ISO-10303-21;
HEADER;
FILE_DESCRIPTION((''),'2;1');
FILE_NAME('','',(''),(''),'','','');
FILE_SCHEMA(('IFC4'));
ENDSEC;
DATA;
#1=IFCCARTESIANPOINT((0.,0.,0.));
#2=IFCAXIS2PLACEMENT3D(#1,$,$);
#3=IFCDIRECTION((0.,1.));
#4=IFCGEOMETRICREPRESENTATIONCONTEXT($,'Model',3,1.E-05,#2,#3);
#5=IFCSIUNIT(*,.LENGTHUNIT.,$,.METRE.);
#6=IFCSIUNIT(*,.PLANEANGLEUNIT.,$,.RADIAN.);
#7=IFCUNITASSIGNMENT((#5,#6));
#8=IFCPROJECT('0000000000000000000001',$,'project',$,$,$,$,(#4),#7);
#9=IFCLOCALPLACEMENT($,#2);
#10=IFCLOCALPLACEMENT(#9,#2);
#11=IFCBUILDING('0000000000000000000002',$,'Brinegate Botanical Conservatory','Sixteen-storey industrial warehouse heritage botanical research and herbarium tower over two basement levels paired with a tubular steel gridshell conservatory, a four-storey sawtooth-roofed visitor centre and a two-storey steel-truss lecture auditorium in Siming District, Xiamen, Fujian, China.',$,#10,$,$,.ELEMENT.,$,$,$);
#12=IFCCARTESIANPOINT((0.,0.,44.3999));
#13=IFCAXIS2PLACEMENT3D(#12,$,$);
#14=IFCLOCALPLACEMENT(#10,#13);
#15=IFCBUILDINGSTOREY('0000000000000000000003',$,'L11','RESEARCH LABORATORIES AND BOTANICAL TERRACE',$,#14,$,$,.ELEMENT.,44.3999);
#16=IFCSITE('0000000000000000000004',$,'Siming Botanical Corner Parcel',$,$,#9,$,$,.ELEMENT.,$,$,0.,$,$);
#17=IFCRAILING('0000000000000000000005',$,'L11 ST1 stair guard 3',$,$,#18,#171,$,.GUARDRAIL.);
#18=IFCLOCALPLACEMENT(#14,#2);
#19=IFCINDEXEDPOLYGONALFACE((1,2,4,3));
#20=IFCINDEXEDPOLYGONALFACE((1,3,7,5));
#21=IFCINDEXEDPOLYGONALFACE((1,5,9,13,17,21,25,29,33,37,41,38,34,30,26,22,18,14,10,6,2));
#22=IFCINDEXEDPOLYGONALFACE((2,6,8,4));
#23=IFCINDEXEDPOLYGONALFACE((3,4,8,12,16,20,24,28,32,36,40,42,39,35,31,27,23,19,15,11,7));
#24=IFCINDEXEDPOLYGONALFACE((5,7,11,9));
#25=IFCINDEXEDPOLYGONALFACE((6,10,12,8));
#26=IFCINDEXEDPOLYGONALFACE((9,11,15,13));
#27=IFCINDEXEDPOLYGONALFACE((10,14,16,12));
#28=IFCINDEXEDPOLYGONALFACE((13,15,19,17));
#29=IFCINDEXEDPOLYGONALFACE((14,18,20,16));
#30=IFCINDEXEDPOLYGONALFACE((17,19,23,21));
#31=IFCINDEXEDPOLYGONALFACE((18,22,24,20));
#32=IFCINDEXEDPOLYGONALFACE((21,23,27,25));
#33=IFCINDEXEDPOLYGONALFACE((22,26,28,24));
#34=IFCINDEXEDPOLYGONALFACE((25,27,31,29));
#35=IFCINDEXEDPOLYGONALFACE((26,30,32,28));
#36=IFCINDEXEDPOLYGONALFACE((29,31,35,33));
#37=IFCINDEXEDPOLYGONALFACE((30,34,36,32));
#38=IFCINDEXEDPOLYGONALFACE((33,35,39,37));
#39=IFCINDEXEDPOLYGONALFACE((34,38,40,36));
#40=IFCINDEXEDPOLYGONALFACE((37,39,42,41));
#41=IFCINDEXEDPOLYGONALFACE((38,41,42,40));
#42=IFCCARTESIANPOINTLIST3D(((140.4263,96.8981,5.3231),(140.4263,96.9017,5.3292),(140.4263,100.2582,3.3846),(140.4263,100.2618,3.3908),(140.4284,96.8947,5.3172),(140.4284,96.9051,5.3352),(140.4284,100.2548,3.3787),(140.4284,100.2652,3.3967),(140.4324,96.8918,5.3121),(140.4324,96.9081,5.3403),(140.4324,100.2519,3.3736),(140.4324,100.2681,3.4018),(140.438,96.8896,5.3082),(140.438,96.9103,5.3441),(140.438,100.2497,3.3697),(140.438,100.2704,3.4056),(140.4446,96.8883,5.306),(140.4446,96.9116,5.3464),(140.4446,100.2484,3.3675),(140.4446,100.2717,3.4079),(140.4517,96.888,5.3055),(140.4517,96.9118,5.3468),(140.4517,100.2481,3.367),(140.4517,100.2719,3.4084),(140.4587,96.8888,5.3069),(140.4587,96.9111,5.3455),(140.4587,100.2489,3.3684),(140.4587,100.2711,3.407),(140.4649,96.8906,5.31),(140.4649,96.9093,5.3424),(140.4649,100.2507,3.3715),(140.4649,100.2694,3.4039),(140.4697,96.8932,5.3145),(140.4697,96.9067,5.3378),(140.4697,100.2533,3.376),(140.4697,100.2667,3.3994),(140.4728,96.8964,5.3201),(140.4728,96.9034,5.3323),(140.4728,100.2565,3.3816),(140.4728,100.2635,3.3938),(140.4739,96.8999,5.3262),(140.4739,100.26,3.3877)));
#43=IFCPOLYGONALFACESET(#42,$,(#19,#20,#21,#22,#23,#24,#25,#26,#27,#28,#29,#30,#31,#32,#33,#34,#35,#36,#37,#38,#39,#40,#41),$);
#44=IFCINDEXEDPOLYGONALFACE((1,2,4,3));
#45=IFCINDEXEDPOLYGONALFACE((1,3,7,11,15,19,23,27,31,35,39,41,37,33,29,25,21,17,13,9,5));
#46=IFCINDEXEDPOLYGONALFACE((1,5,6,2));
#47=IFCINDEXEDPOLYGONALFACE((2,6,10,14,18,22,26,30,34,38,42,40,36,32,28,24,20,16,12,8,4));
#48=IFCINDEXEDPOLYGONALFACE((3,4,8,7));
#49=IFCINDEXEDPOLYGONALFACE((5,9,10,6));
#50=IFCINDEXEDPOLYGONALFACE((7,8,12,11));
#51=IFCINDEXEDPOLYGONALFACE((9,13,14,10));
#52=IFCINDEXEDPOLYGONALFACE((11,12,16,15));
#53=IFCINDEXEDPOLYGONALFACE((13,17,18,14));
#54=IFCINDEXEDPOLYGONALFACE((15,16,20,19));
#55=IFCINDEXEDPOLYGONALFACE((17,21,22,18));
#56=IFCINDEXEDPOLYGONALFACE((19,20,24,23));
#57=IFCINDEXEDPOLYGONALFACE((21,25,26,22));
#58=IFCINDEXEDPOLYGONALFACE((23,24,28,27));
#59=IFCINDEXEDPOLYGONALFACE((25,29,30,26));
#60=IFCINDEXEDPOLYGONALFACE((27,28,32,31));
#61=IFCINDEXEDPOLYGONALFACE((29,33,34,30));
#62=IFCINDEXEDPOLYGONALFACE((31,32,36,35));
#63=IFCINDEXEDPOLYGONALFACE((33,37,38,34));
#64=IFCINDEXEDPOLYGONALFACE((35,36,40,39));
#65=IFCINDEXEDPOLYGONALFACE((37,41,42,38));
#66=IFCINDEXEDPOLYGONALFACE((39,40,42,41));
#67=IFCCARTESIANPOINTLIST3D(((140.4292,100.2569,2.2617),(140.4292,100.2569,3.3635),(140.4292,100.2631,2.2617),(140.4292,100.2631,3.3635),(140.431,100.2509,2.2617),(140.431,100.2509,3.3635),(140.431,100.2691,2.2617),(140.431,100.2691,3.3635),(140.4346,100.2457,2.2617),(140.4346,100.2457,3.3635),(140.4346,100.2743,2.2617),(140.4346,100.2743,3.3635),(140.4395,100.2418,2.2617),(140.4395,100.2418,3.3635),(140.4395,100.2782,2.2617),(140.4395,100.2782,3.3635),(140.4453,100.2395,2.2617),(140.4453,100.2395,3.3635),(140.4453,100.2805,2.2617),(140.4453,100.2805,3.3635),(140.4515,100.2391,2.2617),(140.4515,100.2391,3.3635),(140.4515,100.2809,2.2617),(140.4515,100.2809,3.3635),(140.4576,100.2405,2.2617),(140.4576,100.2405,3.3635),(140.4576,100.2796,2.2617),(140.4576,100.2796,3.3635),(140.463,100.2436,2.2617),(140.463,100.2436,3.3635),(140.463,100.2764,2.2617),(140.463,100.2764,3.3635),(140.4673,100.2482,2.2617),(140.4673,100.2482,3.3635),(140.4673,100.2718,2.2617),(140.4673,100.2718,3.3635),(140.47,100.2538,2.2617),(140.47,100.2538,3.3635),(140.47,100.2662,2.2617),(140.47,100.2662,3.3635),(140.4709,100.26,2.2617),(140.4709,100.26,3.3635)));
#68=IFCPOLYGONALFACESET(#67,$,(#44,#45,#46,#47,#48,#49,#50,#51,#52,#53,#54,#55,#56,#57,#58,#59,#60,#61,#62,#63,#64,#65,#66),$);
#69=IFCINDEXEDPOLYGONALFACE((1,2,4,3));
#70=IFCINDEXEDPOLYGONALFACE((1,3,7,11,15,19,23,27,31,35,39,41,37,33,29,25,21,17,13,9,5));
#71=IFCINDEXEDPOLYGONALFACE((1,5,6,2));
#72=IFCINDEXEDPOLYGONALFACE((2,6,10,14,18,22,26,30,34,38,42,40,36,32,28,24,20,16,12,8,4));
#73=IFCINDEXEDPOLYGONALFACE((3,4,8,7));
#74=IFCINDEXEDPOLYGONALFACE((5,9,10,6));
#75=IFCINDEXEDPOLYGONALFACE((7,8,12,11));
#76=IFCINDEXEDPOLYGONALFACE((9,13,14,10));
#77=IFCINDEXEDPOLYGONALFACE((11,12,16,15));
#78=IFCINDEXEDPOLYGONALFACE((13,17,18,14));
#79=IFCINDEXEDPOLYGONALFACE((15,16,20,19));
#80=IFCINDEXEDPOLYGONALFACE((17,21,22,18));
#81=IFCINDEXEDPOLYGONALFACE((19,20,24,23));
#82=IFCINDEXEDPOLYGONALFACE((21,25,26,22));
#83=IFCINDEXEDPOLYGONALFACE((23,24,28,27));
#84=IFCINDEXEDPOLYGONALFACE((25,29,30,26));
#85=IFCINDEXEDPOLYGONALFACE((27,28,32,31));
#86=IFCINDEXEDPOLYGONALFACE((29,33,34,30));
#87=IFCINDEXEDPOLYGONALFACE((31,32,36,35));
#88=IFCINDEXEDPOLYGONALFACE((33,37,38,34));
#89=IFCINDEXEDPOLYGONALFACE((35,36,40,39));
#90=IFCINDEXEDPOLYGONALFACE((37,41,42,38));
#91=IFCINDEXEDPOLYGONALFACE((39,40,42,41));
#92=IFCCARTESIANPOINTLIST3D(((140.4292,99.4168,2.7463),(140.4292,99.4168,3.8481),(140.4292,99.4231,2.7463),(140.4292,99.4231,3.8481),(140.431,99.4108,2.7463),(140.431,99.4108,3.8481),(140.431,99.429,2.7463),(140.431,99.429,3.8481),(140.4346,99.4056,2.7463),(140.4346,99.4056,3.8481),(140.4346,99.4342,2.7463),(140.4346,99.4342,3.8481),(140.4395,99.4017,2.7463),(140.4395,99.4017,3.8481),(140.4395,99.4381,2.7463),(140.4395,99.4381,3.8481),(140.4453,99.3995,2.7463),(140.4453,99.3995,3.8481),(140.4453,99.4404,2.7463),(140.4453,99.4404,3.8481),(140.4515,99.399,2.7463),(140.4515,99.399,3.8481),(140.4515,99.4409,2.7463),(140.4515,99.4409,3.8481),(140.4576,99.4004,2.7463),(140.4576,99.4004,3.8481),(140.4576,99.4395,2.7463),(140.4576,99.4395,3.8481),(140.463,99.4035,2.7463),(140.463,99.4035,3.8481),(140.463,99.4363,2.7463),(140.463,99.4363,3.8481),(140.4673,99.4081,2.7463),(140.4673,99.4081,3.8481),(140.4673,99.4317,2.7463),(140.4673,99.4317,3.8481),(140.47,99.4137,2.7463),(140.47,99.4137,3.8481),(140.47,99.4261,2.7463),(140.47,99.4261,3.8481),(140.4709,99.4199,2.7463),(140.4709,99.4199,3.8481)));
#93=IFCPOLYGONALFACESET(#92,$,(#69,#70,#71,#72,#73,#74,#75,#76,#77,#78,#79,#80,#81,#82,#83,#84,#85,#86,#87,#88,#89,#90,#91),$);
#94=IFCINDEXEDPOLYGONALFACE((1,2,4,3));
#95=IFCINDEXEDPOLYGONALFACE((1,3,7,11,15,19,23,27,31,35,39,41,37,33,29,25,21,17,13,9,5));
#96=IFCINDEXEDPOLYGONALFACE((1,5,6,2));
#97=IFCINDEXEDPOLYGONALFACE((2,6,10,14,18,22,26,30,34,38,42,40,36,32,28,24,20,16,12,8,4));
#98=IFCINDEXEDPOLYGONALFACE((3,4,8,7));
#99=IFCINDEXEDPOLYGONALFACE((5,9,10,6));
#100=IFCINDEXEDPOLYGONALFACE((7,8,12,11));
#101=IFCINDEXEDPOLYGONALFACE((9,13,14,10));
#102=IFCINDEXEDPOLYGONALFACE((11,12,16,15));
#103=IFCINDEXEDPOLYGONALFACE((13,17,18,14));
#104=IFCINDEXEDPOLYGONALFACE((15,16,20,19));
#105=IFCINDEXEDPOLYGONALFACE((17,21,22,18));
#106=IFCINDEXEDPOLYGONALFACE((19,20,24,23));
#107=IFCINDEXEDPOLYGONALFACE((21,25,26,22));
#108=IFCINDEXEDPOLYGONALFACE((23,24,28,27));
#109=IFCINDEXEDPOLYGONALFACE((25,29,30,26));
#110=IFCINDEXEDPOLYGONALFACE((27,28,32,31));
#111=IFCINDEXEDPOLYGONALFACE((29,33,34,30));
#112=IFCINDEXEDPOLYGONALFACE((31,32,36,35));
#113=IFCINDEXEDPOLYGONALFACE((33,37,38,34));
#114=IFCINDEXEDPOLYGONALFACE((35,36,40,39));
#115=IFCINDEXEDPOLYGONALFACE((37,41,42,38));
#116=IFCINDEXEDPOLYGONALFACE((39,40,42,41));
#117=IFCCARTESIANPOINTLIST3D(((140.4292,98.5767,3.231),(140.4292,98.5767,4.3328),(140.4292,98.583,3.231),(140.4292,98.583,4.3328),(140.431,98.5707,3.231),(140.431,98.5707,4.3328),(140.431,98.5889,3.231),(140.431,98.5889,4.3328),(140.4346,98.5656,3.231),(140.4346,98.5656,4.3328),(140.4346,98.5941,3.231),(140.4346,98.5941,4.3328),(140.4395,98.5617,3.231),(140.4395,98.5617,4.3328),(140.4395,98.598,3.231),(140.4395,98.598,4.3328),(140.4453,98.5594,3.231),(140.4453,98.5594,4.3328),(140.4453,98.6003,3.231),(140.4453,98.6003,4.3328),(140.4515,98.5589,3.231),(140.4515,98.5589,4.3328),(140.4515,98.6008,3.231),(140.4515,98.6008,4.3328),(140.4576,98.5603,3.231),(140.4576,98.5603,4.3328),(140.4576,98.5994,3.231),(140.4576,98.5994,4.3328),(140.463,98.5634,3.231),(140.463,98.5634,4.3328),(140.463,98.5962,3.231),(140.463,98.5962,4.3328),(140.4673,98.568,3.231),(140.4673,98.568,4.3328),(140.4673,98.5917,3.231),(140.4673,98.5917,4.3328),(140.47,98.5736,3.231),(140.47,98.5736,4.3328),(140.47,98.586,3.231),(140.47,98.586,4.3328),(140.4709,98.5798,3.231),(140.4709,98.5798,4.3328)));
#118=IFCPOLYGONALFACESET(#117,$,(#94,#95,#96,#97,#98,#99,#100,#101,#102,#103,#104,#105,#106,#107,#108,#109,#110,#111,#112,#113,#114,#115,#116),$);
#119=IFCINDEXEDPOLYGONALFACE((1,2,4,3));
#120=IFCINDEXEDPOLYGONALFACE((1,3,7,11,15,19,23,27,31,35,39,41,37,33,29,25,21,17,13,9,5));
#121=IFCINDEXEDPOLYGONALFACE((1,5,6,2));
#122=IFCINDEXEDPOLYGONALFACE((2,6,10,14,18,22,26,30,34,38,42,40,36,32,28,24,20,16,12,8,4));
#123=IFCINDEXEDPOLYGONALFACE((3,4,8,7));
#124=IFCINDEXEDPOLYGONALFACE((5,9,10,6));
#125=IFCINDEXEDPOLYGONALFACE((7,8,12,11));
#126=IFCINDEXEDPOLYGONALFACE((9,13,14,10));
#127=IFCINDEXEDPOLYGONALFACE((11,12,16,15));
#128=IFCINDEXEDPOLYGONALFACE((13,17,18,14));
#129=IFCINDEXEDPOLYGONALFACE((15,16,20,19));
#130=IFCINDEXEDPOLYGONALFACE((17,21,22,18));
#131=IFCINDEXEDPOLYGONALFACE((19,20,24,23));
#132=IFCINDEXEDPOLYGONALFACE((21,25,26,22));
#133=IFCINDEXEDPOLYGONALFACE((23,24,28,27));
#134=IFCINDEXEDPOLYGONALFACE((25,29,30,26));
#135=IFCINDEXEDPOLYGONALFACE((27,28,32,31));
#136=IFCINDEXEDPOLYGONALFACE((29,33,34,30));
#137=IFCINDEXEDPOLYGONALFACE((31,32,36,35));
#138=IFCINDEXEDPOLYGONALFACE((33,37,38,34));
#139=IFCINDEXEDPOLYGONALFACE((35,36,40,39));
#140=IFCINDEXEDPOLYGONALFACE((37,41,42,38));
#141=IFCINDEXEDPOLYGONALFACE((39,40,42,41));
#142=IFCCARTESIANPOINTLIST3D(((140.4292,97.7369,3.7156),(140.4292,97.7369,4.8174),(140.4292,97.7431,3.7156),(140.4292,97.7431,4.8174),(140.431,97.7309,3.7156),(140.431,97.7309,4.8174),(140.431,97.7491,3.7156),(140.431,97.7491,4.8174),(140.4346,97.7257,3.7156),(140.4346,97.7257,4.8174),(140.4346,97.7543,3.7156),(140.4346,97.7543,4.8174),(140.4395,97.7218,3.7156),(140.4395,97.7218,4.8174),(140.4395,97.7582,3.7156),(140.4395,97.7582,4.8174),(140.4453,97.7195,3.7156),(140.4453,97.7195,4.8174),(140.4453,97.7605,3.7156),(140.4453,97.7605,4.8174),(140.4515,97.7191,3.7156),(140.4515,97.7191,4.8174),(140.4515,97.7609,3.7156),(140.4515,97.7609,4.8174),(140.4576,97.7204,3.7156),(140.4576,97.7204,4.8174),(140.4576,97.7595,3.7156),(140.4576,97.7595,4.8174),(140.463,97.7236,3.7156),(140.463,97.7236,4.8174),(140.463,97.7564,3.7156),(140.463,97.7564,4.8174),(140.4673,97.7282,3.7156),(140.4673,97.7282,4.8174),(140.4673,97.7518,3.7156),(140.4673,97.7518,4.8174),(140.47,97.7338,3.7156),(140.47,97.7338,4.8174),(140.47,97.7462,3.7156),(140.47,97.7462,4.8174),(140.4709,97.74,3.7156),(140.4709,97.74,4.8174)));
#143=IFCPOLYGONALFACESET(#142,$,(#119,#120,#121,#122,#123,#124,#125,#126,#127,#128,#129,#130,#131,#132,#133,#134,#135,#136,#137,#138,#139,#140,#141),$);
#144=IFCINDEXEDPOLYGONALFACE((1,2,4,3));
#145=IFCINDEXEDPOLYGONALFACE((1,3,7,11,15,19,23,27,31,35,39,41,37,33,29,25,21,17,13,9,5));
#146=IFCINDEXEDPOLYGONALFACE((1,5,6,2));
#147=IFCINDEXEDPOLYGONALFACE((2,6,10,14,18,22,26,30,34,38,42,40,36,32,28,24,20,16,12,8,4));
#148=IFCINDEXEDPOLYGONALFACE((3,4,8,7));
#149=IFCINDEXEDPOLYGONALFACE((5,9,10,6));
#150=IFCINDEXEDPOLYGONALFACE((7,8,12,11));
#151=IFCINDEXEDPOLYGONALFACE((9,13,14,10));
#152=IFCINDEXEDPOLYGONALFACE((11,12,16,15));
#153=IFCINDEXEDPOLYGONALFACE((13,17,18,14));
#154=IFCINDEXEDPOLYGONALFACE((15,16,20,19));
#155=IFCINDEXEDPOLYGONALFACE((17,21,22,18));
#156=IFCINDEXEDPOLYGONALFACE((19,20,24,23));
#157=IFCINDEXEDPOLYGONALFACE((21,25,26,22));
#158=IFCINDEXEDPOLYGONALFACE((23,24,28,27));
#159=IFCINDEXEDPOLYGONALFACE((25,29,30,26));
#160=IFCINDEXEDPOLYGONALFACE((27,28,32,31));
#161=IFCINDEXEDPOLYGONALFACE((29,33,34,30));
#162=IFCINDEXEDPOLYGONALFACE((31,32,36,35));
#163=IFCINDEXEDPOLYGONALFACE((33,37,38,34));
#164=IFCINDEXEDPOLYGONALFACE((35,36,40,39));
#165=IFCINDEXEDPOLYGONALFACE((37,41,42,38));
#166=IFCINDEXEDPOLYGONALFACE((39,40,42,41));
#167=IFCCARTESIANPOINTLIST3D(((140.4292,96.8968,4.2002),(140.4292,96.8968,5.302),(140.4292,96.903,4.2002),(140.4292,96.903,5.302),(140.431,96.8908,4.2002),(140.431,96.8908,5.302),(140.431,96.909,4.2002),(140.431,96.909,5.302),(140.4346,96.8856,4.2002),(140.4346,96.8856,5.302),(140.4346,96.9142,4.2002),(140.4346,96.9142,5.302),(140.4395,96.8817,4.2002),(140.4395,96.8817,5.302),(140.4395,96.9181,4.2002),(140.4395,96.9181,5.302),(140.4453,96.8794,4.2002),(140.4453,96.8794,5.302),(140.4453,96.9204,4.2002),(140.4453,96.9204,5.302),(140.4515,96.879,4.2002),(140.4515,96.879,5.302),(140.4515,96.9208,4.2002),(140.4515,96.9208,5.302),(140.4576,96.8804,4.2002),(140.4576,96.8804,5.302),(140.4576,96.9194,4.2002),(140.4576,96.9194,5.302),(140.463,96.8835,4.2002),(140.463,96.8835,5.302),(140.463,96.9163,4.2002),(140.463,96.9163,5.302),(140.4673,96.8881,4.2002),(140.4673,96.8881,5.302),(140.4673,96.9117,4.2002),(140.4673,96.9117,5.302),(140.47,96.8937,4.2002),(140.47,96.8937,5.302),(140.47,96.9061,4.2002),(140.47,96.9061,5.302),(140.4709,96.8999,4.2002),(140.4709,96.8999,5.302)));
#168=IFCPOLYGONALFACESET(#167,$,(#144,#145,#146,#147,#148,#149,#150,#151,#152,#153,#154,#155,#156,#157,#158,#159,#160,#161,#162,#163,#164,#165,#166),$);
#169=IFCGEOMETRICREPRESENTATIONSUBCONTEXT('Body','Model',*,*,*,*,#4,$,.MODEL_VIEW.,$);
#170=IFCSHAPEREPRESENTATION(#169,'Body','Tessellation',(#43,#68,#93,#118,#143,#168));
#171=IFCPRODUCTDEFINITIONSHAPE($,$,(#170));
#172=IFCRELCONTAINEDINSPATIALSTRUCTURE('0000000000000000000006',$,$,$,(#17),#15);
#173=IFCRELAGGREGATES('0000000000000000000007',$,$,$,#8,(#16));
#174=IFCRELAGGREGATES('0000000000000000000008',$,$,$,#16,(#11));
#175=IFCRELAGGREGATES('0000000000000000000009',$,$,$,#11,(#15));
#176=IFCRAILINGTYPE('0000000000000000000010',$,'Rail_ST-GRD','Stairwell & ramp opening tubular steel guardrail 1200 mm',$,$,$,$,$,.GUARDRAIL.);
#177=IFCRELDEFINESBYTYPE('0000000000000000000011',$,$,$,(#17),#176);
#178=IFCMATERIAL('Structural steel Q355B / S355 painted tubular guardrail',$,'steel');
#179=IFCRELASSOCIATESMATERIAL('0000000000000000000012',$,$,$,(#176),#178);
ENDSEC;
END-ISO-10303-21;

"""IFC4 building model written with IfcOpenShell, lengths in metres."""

from ifc_helpers import new_model, si_unit, direction, frame, origin, origin_2d, place, context, subcontext, project, spatial, circle, extrude, material, type_object, element, save


model = new_model("IFC4")

# Units and contexts
model_context = context("Model", 3, precision=1e-05, world=origin(), true_north=direction((0.0, 1.0)))
body_context = subcontext(model_context, "Body", "Model", "MODEL_VIEW")
ifc_project = project(units=[si_unit("LENGTHUNIT", "METRE"), si_unit("PLANEANGLEUNIT", "RADIAN")], contexts=[model_context])

# Site, building, storey
site_placement = place(None, origin())
site = spatial("IfcSite", under=ifc_project, at=site_placement, Name="Siming Botanical Corner Parcel", CompositionType="ELEMENT", RefElevation=0.0)
building_placement = place(site_placement, origin())
building = spatial("IfcBuilding", under=site, at=building_placement, Name="Brinegate Botanical Conservatory", Description="Sixteen-storey industrial warehouse heritage botanical research and herbarium tower over two basement levels paired with a tubular steel gridshell conservatory, a four-storey sawtooth-roofed visitor centre and a two-storey steel-truss lecture auditorium in Siming District, Xiamen, Fujian, China.", CompositionType="ELEMENT")
storey_placement = place(building_placement, frame((0.0, 0.0, 44.3999)))
storey = spatial("IfcBuildingStorey", under=building, at=storey_placement, Name="L11", Description="RESEARCH LABORATORIES AND BOTANICAL TERRACE", CompositionType="ELEMENT", Elevation=44.3999)

# Railing
ifc_material_1 = material(Name="Structural steel Q355B / S355 painted tubular guardrail", Category="steel")
railing_type_1 = type_object("IfcRailingType", Name="Rail_ST-GRD", Description="Stairwell & ramp opening tubular steel guardrail 1200 mm", PredefinedType="GUARDRAIL", material=ifc_material_1)
railing_1_placement = place(storey_placement, frame((140.45, 100.26, 2.2617)))
element("IfcRailing", 1, at=railing_1_placement, inside=storey, type_object=railing_type_1, Name="L11 ST1 stair guard 3", PredefinedType="GUARDRAIL", context=body_context, shape_type="SweptSolid", body=[
    extrude(circle(Radius=0.0239, at=origin_2d()), frame((0.0, 0.0, 1.126), z_axis=(0.0, -0.866191, 0.499713), x_axis=(1.0, 0.0, 0.0)), (0.0, 0.0, 1.0), 3.8792),
    extrude(circle(Radius=0.021, at=origin_2d()), origin(), (0.0, 0.0, 1.0), 1.1018),
    extrude(circle(Radius=0.021, at=origin_2d()), frame((0.0, -0.8401, 0.4846)), (0.0, 0.0, 1.0), 1.1018),
    extrude(circle(Radius=0.021, at=origin_2d()), frame((0.0, -1.6802, 0.9692)), (0.0, 0.0, 1.0), 1.1018),
    extrude(circle(Radius=0.021, at=origin_2d()), frame((0.0, -2.52, 1.4539)), (0.0, 0.0, 1.0), 1.1018),
    extrude(circle(Radius=0.021, at=origin_2d()), frame((0.0, -3.3601, 1.9385)), (0.0, 0.0, 1.0), 1.1018),
])

save(model, "model.ifc")
